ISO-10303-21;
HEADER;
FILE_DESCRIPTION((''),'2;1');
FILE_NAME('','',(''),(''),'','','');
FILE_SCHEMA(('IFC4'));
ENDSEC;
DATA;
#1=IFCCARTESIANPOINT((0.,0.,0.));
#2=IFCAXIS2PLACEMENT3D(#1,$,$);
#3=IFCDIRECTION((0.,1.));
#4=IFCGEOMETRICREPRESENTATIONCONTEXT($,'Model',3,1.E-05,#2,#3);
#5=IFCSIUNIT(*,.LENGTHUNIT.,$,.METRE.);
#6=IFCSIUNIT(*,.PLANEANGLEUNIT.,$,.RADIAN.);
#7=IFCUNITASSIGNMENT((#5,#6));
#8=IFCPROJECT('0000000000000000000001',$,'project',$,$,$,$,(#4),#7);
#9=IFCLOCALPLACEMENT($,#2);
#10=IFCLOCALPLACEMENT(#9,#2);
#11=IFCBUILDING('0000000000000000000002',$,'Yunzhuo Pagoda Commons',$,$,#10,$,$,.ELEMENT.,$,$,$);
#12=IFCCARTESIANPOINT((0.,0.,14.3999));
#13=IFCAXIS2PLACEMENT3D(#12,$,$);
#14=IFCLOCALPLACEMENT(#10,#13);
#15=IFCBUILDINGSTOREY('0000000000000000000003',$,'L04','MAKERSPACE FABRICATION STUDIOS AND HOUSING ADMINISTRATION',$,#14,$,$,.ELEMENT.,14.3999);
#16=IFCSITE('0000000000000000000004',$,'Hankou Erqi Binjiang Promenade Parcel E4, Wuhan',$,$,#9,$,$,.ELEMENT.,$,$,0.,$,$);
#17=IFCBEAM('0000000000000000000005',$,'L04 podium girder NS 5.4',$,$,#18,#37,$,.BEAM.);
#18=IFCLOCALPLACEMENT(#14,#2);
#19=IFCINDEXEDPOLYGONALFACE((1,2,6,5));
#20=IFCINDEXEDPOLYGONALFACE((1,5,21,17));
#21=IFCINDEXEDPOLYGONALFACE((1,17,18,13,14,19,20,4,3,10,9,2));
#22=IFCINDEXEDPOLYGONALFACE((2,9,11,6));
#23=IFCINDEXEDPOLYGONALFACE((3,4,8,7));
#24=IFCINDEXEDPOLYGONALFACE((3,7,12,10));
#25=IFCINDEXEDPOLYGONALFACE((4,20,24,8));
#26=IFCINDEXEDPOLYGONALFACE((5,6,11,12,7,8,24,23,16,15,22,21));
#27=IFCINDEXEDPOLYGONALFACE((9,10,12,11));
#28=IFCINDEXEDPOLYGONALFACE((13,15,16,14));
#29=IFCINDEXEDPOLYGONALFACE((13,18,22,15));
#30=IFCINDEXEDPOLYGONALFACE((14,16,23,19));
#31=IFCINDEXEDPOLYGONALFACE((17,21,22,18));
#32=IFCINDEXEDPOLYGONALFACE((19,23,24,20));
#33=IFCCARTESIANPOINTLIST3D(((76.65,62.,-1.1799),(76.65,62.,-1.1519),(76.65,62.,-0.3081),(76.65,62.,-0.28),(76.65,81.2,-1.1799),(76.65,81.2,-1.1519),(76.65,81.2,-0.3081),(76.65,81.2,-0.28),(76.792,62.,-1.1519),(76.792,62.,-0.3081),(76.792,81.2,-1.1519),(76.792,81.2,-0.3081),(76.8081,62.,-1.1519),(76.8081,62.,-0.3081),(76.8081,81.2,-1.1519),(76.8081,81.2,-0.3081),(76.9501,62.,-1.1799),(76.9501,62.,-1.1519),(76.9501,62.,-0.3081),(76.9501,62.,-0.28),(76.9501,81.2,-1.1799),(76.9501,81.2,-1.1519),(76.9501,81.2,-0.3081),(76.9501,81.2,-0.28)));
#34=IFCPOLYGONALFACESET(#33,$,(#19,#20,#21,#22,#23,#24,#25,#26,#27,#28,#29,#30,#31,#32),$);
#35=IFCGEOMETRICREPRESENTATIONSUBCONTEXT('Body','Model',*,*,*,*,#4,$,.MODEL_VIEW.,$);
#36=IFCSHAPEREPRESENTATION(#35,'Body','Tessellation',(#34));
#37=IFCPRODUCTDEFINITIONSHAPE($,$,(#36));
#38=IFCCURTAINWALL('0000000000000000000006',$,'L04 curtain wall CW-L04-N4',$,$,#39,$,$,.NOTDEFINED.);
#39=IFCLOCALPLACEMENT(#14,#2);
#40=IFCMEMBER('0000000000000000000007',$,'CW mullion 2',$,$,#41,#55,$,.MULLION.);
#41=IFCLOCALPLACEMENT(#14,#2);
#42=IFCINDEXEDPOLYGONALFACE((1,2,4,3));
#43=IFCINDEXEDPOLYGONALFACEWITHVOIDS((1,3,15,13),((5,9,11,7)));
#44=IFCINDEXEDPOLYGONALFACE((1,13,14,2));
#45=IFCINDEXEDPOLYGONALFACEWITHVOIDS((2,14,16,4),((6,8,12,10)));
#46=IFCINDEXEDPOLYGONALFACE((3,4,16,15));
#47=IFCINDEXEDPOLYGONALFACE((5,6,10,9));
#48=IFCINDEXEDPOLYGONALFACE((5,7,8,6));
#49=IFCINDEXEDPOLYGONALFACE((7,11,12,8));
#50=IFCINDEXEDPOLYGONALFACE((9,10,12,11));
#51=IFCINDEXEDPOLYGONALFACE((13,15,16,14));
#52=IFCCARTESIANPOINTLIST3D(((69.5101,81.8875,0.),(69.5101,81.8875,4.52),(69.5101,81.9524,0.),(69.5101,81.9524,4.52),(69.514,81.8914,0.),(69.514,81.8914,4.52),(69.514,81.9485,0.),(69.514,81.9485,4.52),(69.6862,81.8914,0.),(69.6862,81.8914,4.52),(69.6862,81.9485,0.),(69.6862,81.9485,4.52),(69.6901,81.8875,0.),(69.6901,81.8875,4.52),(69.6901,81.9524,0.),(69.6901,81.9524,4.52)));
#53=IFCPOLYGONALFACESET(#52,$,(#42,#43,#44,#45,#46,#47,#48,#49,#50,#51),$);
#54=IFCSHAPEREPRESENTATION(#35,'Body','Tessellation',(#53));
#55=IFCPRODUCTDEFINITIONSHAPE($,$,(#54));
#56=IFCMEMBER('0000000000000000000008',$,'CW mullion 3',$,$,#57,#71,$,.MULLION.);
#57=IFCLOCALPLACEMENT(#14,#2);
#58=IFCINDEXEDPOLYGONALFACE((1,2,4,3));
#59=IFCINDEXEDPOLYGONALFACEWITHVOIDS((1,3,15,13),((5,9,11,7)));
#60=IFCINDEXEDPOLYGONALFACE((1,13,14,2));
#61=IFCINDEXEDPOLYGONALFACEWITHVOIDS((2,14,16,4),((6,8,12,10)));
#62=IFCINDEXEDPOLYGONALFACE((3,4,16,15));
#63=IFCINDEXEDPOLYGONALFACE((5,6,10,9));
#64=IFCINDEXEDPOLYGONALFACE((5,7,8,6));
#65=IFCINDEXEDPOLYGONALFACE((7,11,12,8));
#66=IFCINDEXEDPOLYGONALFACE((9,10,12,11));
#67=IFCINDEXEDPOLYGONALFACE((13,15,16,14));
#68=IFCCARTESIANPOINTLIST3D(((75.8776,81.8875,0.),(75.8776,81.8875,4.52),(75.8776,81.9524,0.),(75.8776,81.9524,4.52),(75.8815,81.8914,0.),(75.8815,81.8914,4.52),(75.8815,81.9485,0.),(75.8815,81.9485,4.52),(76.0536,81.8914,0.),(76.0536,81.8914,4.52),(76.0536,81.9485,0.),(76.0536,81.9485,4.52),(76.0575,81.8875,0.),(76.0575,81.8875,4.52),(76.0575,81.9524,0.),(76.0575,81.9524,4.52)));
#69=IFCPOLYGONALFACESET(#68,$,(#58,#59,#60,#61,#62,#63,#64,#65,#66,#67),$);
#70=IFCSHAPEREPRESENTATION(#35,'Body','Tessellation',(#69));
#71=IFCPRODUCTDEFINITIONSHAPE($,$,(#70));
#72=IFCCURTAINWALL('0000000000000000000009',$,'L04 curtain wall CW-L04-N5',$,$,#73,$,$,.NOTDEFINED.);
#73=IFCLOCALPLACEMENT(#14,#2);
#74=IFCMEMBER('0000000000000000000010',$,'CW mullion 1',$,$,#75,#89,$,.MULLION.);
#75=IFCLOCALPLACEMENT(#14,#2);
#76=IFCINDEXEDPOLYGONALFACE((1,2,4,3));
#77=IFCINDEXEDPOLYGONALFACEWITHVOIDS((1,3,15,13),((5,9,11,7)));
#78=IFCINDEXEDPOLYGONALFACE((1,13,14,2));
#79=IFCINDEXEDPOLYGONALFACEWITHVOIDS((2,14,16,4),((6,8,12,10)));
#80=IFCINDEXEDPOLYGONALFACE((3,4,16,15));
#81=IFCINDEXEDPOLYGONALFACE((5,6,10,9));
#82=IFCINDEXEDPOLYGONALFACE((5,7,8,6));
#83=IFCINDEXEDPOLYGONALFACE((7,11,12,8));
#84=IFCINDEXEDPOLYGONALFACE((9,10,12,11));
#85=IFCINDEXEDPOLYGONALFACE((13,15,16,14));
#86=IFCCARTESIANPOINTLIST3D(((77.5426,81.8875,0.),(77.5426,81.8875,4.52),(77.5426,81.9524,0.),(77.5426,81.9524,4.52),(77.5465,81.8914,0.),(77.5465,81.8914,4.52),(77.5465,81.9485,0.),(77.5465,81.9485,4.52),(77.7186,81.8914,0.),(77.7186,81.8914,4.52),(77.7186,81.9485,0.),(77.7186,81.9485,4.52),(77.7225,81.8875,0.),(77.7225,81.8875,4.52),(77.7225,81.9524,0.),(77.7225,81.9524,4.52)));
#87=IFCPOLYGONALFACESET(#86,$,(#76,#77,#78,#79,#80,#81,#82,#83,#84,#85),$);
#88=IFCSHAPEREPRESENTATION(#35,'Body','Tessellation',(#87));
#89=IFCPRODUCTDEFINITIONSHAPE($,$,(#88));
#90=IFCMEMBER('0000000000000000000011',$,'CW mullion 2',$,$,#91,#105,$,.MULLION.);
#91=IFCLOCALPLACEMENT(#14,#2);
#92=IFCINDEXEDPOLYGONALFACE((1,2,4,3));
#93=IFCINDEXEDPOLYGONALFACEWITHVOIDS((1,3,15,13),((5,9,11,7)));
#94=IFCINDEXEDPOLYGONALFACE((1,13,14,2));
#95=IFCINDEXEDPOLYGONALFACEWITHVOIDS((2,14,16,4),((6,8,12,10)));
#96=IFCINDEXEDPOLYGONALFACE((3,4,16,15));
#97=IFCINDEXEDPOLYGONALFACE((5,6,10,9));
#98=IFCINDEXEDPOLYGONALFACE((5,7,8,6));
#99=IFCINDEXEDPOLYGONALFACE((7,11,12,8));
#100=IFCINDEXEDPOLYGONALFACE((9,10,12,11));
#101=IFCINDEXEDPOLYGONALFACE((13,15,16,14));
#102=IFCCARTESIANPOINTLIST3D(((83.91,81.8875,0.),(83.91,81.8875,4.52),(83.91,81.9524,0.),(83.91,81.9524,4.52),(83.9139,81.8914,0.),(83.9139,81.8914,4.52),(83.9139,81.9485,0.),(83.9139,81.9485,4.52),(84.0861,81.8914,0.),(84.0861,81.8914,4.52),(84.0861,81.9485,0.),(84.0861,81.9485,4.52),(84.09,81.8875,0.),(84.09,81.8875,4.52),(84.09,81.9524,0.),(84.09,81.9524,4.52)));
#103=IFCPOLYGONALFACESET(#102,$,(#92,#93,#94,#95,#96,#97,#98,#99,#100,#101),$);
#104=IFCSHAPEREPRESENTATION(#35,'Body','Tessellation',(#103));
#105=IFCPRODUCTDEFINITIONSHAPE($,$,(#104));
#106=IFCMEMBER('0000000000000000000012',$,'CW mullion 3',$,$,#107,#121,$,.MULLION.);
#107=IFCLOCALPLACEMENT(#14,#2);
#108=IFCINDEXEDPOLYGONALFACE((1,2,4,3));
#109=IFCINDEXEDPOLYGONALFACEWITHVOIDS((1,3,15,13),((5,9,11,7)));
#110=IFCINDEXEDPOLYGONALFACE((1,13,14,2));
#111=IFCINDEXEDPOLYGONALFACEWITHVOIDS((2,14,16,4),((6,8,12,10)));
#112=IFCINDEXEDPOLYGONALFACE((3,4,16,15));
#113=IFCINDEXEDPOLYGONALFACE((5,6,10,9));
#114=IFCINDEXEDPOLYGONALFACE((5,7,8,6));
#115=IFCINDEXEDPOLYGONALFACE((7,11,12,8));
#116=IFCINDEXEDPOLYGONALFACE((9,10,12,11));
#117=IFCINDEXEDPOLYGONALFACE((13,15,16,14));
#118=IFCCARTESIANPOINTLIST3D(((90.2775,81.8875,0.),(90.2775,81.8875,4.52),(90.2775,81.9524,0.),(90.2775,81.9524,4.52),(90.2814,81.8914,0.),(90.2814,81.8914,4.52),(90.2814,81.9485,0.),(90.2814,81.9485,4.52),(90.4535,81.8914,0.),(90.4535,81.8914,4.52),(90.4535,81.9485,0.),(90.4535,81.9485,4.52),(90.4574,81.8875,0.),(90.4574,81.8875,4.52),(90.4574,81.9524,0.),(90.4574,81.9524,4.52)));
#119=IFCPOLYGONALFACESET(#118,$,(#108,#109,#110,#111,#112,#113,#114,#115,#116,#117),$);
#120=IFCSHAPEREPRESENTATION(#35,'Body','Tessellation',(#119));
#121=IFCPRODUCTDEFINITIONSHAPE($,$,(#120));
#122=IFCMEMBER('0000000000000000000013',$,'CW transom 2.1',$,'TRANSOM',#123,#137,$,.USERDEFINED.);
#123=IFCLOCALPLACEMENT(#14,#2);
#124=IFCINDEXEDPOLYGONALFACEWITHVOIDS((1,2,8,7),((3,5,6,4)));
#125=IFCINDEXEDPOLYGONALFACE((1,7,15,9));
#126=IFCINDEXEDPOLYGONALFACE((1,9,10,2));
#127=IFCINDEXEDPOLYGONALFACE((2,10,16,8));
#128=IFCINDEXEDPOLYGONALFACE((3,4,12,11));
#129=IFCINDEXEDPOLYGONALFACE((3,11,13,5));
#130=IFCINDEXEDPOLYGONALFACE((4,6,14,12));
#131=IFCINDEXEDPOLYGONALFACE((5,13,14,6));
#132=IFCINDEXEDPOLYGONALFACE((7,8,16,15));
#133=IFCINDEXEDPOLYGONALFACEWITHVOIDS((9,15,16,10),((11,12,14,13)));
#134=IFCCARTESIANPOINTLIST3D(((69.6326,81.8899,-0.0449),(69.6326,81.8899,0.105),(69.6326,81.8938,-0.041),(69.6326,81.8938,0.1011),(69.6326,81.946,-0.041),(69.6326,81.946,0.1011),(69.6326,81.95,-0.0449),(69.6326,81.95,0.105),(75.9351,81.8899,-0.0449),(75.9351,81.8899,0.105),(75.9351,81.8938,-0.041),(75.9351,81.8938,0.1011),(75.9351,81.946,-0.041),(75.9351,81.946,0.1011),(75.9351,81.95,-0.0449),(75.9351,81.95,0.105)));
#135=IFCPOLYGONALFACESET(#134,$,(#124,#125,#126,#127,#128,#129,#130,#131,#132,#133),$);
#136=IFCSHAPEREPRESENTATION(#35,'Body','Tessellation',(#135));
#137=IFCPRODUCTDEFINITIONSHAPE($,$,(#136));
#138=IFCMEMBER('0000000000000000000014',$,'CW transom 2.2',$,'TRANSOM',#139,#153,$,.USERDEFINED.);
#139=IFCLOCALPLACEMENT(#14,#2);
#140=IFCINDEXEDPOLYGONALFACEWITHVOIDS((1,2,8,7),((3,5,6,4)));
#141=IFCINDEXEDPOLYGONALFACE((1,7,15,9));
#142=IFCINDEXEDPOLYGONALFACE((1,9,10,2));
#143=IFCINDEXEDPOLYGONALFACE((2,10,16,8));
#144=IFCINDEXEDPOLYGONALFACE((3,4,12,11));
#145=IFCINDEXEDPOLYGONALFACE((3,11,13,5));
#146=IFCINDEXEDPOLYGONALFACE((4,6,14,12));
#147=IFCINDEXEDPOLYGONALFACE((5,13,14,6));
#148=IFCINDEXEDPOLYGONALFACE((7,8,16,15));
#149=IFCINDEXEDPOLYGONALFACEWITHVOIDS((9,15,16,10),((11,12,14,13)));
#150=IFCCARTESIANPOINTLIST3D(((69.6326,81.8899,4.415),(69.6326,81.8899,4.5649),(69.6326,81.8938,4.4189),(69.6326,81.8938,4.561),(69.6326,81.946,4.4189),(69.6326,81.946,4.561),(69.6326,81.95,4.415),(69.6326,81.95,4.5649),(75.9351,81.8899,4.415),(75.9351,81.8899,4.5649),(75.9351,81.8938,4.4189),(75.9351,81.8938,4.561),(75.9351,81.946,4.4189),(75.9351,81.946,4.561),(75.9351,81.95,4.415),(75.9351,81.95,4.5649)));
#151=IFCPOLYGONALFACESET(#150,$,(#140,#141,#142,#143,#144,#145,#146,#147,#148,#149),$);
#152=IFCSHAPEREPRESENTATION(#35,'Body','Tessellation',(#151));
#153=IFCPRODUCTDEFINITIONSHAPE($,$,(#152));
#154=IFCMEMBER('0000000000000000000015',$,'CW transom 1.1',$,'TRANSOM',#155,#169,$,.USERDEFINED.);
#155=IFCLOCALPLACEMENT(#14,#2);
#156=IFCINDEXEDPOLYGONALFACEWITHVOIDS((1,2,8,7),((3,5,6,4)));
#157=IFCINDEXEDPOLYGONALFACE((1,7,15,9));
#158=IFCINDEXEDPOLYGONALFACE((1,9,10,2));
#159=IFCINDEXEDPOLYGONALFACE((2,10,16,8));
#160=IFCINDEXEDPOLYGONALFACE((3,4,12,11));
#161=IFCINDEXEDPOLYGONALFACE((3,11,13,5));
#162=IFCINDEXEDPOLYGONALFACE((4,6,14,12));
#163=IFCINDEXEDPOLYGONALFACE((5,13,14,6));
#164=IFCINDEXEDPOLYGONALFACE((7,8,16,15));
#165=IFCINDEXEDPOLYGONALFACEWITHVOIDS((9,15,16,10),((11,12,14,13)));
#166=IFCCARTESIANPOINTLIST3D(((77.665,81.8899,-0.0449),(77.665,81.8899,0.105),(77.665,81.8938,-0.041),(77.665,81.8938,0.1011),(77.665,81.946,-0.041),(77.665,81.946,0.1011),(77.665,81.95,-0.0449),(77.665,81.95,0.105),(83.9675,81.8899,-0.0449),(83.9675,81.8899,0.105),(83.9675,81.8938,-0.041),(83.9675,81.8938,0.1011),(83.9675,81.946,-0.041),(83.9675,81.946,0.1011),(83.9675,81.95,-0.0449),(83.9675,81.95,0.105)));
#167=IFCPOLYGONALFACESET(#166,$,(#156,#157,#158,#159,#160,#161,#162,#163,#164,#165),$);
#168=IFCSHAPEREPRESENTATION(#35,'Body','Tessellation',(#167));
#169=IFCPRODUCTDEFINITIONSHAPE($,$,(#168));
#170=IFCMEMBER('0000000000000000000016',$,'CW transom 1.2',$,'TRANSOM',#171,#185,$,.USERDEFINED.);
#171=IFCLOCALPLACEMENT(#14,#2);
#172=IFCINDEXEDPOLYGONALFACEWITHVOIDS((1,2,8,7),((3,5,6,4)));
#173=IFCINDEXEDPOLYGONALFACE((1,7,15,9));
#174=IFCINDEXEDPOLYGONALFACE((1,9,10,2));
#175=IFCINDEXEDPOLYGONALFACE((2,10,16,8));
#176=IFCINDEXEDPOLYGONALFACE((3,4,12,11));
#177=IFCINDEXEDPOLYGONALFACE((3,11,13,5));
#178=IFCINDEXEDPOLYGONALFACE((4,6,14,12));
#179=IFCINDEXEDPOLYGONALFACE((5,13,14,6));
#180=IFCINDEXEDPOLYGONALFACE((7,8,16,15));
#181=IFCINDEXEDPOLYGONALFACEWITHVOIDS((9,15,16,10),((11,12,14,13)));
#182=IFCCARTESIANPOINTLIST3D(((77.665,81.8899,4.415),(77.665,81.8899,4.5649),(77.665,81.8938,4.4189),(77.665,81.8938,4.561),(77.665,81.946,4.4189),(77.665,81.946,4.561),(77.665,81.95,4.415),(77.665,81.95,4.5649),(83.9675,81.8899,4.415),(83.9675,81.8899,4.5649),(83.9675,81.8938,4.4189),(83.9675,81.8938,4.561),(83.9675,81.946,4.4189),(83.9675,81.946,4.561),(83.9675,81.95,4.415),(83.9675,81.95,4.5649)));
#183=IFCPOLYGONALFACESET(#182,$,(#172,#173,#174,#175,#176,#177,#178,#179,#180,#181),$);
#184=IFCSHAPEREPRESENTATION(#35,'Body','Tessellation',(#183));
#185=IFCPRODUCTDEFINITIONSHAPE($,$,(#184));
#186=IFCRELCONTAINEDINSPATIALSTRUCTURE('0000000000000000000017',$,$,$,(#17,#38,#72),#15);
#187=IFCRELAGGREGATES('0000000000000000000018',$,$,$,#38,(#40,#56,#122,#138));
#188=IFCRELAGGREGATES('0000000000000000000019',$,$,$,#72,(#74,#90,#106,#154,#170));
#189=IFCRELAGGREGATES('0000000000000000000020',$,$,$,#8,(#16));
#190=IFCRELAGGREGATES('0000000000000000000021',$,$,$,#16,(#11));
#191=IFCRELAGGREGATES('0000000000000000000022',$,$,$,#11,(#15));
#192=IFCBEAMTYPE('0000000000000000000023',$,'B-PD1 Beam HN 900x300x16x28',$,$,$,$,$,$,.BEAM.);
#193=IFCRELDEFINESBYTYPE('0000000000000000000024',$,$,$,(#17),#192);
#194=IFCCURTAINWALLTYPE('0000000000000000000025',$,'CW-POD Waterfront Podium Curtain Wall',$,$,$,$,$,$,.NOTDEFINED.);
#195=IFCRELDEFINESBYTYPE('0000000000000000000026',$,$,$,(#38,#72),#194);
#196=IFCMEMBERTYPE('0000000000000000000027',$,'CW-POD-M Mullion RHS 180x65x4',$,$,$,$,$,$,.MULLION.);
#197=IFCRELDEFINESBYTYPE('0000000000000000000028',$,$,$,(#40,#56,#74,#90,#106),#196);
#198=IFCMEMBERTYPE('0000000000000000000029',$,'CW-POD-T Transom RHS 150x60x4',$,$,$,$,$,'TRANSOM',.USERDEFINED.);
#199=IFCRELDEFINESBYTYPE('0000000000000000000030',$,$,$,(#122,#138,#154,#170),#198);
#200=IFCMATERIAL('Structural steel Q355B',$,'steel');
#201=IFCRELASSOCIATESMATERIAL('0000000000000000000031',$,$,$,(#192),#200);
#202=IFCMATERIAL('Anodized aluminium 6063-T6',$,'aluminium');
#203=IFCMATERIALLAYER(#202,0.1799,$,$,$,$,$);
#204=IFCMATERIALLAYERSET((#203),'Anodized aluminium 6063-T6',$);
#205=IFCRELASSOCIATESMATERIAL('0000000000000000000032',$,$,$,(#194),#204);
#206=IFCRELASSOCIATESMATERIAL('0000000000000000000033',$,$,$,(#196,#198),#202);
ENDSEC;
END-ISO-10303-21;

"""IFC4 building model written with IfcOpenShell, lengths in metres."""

from ifc_helpers import new_model, si_unit, direction, frame, origin, origin_2d, place, context, subcontext, project, spatial, hollow_rectangle, i_section, extrude, source, transform, mapped, material, layer, layer_set, material_profile, profile_set, type_object, element, aggregate, save


model = new_model("IFC4")

# Units and contexts
model_context = context("Model", 3, precision=1e-05, world=origin(), true_north=direction((0.0, 1.0)))
body_context = subcontext(model_context, "Body", "Model", "MODEL_VIEW")
ifc_project = project(units=[si_unit("LENGTHUNIT", "METRE"), si_unit("PLANEANGLEUNIT", "RADIAN")], contexts=[model_context])

# Site, building, storey
site_placement = place(None, origin())
site = spatial("IfcSite", under=ifc_project, at=site_placement, Name="Hankou Erqi Binjiang Promenade Parcel E4, Wuhan", CompositionType="ELEMENT", RefElevation=0.0)
building_placement = place(site_placement, origin())
building = spatial("IfcBuilding", under=site, at=building_placement, Name="Yunzhuo Pagoda Commons", CompositionType="ELEMENT")
storey_placement = place(building_placement, frame((0.0, 0.0, 14.3999)))
storey = spatial("IfcBuildingStorey", under=building, at=storey_placement, Name="L04", Description="MAKERSPACE FABRICATION STUDIOS AND HOUSING ADMINISTRATION", CompositionType="ELEMENT", Elevation=14.3999)

# Beam
ifc_material_1 = material(Name="Structural steel Q355B", Category="steel")
ifc_material_profile_1 = material_profile(ifc_material_1, i_section(OverallWidth=0.3, OverallDepth=0.8999, WebThickness=0.0161, FlangeThickness=0.0281, at=origin_2d()), Name="Structural steel Q355B")
ifc_profile_set_1 = profile_set([ifc_material_profile_1], Name="Structural steel Q355B")
beam_type_1 = type_object("IfcBeamType", Name="B-PD1 Beam HN 900x300x16x28", PredefinedType="BEAM", material=ifc_profile_set_1)
shared_shape_1 = source(origin(), body_context, "Body", "SweptSolid", [
    extrude(i_section(OverallWidth=0.3, OverallDepth=0.8999, WebThickness=0.0161, FlangeThickness=0.0281, at=origin_2d()), origin(), (0.0, 0.0, 1.0), 19.2),
])
beam_1_placement = place(storey_placement, frame((76.8, 62.0, -0.73), z_axis=(0.0, 1.0, 0.0), x_axis=(-1.0, 0.0, 0.0)))
element("IfcBeam", 1, at=beam_1_placement, inside=storey, type_object=beam_type_1, Name="L04 podium girder NS 5.4", PredefinedType="BEAM", context=body_context, shape_type="MappedRepresentation", body=[
    mapped(shared_shape_1, transform((0.0, 0.0, 0.0), scale=1.0)),
])

# Curtain walls, members
ifc_material_2 = material(Name="Anodized aluminium 6063-T6", Category="aluminium")
ifc_layer_1 = layer(ifc_material_2, 0.1799)
ifc_layer_set_1 = layer_set([ifc_layer_1], Name="Anodized aluminium 6063-T6")
curtain_wall_type = type_object("IfcCurtainWallType", Name="CW-POD Waterfront Podium Curtain Wall", PredefinedType="NOTDEFINED", material=ifc_layer_set_1)
curtain_wall_1_placement = place(storey_placement, origin())
curtain_wall_1 = element("IfcCurtainWall", 2, at=curtain_wall_1_placement, inside=storey, type_object=curtain_wall_type, Name="L04 curtain wall CW-L04-N4", PredefinedType="NOTDEFINED")
ifc_material_profile_2 = material_profile(ifc_material_2, hollow_rectangle(XDim=0.0649, YDim=0.1799, WallThickness=0.0039, at=origin_2d()), Name="Anodized aluminium 6063-T6")
ifc_profile_set_2 = profile_set([ifc_material_profile_2], Name="Anodized aluminium 6063-T6")
member_type_1 = type_object("IfcMemberType", Name="CW-POD-M Mullion RHS 180x65x4", PredefinedType="MULLION", material=ifc_profile_set_2)
shared_shape_2 = source(origin(), body_context, "Body", "SweptSolid", [
    extrude(hollow_rectangle(XDim=0.0649, YDim=0.1799, WallThickness=0.0039, at=origin_2d()), origin(), (0.0, 0.0, 1.0), 4.52),
])
member_1_placement = place(storey_placement, frame((69.6001, 81.9199, 0.0), z_axis=(0.0, 0.0, 1.0), x_axis=(0.0, 1.0, 0.0)))
member_1 = element("IfcMember", 3, at=member_1_placement, type_object=member_type_1, Name="CW mullion 2", PredefinedType="MULLION", context=body_context, shape_type="MappedRepresentation", body=[
    mapped(shared_shape_2, transform((0.0, 0.0, 0.0), scale=1.0)),
])
member_2_placement = place(storey_placement, frame((75.9675, 81.9199, 0.0), z_axis=(0.0, 0.0, 1.0), x_axis=(0.0, 1.0, 0.0)))
member_2 = element("IfcMember", 4, at=member_2_placement, type_object=member_type_1, Name="CW mullion 3", PredefinedType="MULLION", context=body_context, shape_type="MappedRepresentation", body=[
    mapped(shared_shape_2, transform((0.0, 0.0, 0.0), scale=1.0)),
])
curtain_wall_2_placement = place(storey_placement, origin())
curtain_wall_2 = element("IfcCurtainWall", 5, at=curtain_wall_2_placement, inside=storey, type_object=curtain_wall_type, Name="L04 curtain wall CW-L04-N5", PredefinedType="NOTDEFINED")
member_3_placement = place(storey_placement, frame((77.6326, 81.9199, 0.0), z_axis=(0.0, 0.0, 1.0), x_axis=(0.0, 1.0, 0.0)))
member_3 = element("IfcMember", 6, at=member_3_placement, type_object=member_type_1, Name="CW mullion 1", PredefinedType="MULLION", context=body_context, shape_type="MappedRepresentation", body=[
    mapped(shared_shape_2, transform((0.0, 0.0, 0.0), scale=1.0)),
])
member_4_placement = place(storey_placement, frame((84.0, 81.9199, 0.0), z_axis=(0.0, 0.0, 1.0), x_axis=(0.0, 1.0, 0.0)))
member_4 = element("IfcMember", 7, at=member_4_placement, type_object=member_type_1, Name="CW mullion 2", PredefinedType="MULLION", context=body_context, shape_type="MappedRepresentation", body=[
    mapped(shared_shape_2, transform((0.0, 0.0, 0.0), scale=1.0)),
])
member_5_placement = place(storey_placement, frame((90.3674, 81.9199, 0.0), z_axis=(0.0, 0.0, 1.0), x_axis=(0.0, 1.0, 0.0)))
member_5 = element("IfcMember", 8, at=member_5_placement, type_object=member_type_1, Name="CW mullion 3", PredefinedType="MULLION", context=body_context, shape_type="MappedRepresentation", body=[
    mapped(shared_shape_2, transform((0.0, 0.0, 0.0), scale=1.0)),
])

# Members
ifc_material_profile_3 = material_profile(ifc_material_2, hollow_rectangle(XDim=0.0601, YDim=0.1499, WallThickness=0.0039, at=origin_2d()), Name="Anodized aluminium 6063-T6")
ifc_profile_set_3 = profile_set([ifc_material_profile_3], Name="Anodized aluminium 6063-T6")
member_type_2 = type_object("IfcMemberType", Name="CW-POD-T Transom RHS 150x60x4", ElementType="TRANSOM", PredefinedType="USERDEFINED", material=ifc_profile_set_3)
shared_shape_3 = source(origin(), body_context, "Body", "SweptSolid", [
    extrude(hollow_rectangle(XDim=0.0601, YDim=0.1499, WallThickness=0.0039, at=origin_2d()), origin(), (0.0, 0.0, 1.0), 6.3025),
])
member_6_placement = place(storey_placement, frame((69.6326, 81.9199, 0.03), z_axis=(1.0, 0.0, 0.0), x_axis=(0.0, 1.0, 0.0)))
member_6 = element("IfcMember", 9, at=member_6_placement, type_object=member_type_2, Name="CW transom 2.1", ObjectType="TRANSOM", PredefinedType="USERDEFINED", context=body_context, shape_type="MappedRepresentation", body=[
    mapped(shared_shape_3, transform((0.0, 0.0, 0.0), scale=1.0)),
])
member_7_placement = place(storey_placement, frame((69.6326, 81.9199, 4.49), z_axis=(1.0, 0.0, 0.0), x_axis=(0.0, 1.0, 0.0)))
member_7 = element("IfcMember", 10, at=member_7_placement, type_object=member_type_2, Name="CW transom 2.2", ObjectType="TRANSOM", PredefinedType="USERDEFINED", context=body_context, shape_type="MappedRepresentation", body=[
    mapped(shared_shape_3, transform((0.0, 0.0, 0.0), scale=1.0)),
])
member_8_placement = place(storey_placement, frame((77.665, 81.9199, 0.03), z_axis=(1.0, 0.0, 0.0), x_axis=(0.0, 1.0, 0.0)))
member_8 = element("IfcMember", 11, at=member_8_placement, type_object=member_type_2, Name="CW transom 1.1", ObjectType="TRANSOM", PredefinedType="USERDEFINED", context=body_context, shape_type="MappedRepresentation", body=[
    mapped(shared_shape_3, transform((0.0, 0.0, 0.0), scale=1.0)),
])
member_9_placement = place(storey_placement, frame((77.665, 81.9199, 4.49), z_axis=(1.0, 0.0, 0.0), x_axis=(0.0, 1.0, 0.0)))
member_9 = element("IfcMember", 12, at=member_9_placement, type_object=member_type_2, Name="CW transom 1.2", ObjectType="TRANSOM", PredefinedType="USERDEFINED", context=body_context, shape_type="MappedRepresentation", body=[
    mapped(shared_shape_3, transform((0.0, 0.0, 0.0), scale=1.0)),
])

aggregate(curtain_wall_1, [member_1, member_2, member_6, member_7])
aggregate(curtain_wall_2, [member_3, member_4, member_5, member_8, member_9])

save(model, "model.ifc")
